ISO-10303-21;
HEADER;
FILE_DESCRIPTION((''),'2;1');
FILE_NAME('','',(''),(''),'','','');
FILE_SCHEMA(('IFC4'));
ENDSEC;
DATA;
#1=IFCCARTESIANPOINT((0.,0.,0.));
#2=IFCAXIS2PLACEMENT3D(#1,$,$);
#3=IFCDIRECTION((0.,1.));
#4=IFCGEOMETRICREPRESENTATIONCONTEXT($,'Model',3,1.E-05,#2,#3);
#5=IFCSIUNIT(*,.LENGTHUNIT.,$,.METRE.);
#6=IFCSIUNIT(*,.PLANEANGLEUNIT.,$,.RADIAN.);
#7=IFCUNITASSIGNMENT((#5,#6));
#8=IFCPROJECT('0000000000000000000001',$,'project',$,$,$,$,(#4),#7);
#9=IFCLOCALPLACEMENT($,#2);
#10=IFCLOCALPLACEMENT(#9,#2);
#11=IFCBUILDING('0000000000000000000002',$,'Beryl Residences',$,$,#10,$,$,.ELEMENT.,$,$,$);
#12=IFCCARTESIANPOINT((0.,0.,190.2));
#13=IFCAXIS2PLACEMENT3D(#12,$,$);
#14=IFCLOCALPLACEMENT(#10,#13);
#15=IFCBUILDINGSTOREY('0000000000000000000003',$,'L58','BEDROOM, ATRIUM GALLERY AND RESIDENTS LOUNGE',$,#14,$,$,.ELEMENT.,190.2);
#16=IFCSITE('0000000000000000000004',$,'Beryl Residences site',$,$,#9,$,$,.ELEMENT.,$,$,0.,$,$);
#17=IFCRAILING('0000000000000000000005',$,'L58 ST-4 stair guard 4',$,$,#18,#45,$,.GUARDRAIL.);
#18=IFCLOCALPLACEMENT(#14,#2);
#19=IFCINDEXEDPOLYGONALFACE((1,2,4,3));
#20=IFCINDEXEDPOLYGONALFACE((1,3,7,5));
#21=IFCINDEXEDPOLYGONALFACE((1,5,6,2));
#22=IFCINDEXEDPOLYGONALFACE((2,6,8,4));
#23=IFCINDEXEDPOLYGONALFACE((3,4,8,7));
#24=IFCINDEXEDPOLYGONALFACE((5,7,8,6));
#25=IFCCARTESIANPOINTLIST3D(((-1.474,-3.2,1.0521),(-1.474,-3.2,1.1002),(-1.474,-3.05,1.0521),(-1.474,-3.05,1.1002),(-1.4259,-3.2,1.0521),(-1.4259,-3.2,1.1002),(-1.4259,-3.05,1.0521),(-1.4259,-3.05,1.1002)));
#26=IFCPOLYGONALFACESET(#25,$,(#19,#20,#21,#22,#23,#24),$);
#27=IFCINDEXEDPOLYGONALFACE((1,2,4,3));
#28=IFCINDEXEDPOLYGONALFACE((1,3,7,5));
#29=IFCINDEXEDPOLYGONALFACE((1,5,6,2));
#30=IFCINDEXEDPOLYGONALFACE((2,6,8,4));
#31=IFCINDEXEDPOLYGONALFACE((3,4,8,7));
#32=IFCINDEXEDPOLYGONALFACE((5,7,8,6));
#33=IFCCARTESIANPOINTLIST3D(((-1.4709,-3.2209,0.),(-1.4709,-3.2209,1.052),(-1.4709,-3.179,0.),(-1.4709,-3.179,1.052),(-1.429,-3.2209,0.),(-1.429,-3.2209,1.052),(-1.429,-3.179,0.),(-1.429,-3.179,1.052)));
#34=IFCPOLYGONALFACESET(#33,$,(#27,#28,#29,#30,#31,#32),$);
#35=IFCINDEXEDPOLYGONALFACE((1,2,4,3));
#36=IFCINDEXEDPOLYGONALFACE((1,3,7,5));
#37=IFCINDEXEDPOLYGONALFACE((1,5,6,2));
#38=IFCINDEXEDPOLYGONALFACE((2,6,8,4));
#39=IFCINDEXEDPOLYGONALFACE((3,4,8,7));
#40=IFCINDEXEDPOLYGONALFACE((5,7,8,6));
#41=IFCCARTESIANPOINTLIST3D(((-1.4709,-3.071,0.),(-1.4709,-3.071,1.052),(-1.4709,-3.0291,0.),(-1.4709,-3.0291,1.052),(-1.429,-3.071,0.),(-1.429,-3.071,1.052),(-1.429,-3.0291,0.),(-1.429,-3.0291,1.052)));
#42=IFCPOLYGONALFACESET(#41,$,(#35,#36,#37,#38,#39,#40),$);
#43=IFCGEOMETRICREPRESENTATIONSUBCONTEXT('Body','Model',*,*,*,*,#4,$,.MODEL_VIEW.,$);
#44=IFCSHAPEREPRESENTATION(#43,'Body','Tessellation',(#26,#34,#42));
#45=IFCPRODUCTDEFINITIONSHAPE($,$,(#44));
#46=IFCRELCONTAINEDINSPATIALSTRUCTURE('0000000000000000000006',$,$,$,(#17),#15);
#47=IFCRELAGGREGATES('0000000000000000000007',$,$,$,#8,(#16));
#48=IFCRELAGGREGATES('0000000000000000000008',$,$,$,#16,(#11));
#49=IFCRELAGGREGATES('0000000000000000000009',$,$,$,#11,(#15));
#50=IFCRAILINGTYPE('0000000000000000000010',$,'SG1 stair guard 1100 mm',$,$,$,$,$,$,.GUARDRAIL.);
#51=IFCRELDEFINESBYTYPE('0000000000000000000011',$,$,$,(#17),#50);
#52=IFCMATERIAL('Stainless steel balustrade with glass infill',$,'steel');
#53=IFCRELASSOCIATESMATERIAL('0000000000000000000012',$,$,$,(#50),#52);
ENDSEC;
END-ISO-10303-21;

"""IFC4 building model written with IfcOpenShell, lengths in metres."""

from ifc_helpers import new_model, si_unit, direction, frame, origin, origin_2d, place, context, subcontext, project, spatial, rectangle, extrude, material, type_object, element, save


model = new_model("IFC4")

# Units and contexts
model_context = context("Model", 3, precision=1e-05, world=origin(), true_north=direction((0.0, 1.0)))
body_context = subcontext(model_context, "Body", "Model", "MODEL_VIEW")
ifc_project = project(units=[si_unit("LENGTHUNIT", "METRE"), si_unit("PLANEANGLEUNIT", "RADIAN")], contexts=[model_context])

# Site, building, storey
site_placement = place(None, origin())
site = spatial("IfcSite", under=ifc_project, at=site_placement, Name="Beryl Residences site", CompositionType="ELEMENT", RefElevation=0.0)
building_placement = place(site_placement, origin())
building = spatial("IfcBuilding", under=site, at=building_placement, Name="Beryl Residences", CompositionType="ELEMENT")
storey_placement = place(building_placement, frame((0.0, 0.0, 190.2)))
storey = spatial("IfcBuildingStorey", under=building, at=storey_placement, Name="L58", Description="BEDROOM, ATRIUM GALLERY AND RESIDENTS LOUNGE", CompositionType="ELEMENT", Elevation=190.2)

# Railing
ifc_material_1 = material(Name="Stainless steel balustrade with glass infill", Category="steel")
railing_type = type_object("IfcRailingType", Name="SG1 stair guard 1100 mm", PredefinedType="GUARDRAIL", material=ifc_material_1)
railing_1_placement = place(storey_placement, frame((-1.45, -3.2, 0.0)))
element("IfcRailing", 1, at=railing_1_placement, inside=storey, type_object=railing_type, Name="L58 ST-4 stair guard 4", PredefinedType="GUARDRAIL", context=body_context, shape_type="SweptSolid", body=[
    extrude(rectangle(XDim=0.0481, YDim=0.0481, at=origin_2d()), frame((0.0, 0.0, 1.0762), z_axis=(0.0, 1.0, 0.0), x_axis=(-1.0, 0.0, 0.0)), (0.0, 0.0, 1.0), 0.1499),
    extrude(rectangle(XDim=0.042, YDim=0.042, at=origin_2d()), origin(), (0.0, 0.0, 1.0), 1.052),
    extrude(rectangle(XDim=0.042, YDim=0.042, at=origin_2d()), frame((0.0, 0.1499, 0.0)), (0.0, 0.0, 1.0), 1.052),
])

save(model, "model.ifc")
